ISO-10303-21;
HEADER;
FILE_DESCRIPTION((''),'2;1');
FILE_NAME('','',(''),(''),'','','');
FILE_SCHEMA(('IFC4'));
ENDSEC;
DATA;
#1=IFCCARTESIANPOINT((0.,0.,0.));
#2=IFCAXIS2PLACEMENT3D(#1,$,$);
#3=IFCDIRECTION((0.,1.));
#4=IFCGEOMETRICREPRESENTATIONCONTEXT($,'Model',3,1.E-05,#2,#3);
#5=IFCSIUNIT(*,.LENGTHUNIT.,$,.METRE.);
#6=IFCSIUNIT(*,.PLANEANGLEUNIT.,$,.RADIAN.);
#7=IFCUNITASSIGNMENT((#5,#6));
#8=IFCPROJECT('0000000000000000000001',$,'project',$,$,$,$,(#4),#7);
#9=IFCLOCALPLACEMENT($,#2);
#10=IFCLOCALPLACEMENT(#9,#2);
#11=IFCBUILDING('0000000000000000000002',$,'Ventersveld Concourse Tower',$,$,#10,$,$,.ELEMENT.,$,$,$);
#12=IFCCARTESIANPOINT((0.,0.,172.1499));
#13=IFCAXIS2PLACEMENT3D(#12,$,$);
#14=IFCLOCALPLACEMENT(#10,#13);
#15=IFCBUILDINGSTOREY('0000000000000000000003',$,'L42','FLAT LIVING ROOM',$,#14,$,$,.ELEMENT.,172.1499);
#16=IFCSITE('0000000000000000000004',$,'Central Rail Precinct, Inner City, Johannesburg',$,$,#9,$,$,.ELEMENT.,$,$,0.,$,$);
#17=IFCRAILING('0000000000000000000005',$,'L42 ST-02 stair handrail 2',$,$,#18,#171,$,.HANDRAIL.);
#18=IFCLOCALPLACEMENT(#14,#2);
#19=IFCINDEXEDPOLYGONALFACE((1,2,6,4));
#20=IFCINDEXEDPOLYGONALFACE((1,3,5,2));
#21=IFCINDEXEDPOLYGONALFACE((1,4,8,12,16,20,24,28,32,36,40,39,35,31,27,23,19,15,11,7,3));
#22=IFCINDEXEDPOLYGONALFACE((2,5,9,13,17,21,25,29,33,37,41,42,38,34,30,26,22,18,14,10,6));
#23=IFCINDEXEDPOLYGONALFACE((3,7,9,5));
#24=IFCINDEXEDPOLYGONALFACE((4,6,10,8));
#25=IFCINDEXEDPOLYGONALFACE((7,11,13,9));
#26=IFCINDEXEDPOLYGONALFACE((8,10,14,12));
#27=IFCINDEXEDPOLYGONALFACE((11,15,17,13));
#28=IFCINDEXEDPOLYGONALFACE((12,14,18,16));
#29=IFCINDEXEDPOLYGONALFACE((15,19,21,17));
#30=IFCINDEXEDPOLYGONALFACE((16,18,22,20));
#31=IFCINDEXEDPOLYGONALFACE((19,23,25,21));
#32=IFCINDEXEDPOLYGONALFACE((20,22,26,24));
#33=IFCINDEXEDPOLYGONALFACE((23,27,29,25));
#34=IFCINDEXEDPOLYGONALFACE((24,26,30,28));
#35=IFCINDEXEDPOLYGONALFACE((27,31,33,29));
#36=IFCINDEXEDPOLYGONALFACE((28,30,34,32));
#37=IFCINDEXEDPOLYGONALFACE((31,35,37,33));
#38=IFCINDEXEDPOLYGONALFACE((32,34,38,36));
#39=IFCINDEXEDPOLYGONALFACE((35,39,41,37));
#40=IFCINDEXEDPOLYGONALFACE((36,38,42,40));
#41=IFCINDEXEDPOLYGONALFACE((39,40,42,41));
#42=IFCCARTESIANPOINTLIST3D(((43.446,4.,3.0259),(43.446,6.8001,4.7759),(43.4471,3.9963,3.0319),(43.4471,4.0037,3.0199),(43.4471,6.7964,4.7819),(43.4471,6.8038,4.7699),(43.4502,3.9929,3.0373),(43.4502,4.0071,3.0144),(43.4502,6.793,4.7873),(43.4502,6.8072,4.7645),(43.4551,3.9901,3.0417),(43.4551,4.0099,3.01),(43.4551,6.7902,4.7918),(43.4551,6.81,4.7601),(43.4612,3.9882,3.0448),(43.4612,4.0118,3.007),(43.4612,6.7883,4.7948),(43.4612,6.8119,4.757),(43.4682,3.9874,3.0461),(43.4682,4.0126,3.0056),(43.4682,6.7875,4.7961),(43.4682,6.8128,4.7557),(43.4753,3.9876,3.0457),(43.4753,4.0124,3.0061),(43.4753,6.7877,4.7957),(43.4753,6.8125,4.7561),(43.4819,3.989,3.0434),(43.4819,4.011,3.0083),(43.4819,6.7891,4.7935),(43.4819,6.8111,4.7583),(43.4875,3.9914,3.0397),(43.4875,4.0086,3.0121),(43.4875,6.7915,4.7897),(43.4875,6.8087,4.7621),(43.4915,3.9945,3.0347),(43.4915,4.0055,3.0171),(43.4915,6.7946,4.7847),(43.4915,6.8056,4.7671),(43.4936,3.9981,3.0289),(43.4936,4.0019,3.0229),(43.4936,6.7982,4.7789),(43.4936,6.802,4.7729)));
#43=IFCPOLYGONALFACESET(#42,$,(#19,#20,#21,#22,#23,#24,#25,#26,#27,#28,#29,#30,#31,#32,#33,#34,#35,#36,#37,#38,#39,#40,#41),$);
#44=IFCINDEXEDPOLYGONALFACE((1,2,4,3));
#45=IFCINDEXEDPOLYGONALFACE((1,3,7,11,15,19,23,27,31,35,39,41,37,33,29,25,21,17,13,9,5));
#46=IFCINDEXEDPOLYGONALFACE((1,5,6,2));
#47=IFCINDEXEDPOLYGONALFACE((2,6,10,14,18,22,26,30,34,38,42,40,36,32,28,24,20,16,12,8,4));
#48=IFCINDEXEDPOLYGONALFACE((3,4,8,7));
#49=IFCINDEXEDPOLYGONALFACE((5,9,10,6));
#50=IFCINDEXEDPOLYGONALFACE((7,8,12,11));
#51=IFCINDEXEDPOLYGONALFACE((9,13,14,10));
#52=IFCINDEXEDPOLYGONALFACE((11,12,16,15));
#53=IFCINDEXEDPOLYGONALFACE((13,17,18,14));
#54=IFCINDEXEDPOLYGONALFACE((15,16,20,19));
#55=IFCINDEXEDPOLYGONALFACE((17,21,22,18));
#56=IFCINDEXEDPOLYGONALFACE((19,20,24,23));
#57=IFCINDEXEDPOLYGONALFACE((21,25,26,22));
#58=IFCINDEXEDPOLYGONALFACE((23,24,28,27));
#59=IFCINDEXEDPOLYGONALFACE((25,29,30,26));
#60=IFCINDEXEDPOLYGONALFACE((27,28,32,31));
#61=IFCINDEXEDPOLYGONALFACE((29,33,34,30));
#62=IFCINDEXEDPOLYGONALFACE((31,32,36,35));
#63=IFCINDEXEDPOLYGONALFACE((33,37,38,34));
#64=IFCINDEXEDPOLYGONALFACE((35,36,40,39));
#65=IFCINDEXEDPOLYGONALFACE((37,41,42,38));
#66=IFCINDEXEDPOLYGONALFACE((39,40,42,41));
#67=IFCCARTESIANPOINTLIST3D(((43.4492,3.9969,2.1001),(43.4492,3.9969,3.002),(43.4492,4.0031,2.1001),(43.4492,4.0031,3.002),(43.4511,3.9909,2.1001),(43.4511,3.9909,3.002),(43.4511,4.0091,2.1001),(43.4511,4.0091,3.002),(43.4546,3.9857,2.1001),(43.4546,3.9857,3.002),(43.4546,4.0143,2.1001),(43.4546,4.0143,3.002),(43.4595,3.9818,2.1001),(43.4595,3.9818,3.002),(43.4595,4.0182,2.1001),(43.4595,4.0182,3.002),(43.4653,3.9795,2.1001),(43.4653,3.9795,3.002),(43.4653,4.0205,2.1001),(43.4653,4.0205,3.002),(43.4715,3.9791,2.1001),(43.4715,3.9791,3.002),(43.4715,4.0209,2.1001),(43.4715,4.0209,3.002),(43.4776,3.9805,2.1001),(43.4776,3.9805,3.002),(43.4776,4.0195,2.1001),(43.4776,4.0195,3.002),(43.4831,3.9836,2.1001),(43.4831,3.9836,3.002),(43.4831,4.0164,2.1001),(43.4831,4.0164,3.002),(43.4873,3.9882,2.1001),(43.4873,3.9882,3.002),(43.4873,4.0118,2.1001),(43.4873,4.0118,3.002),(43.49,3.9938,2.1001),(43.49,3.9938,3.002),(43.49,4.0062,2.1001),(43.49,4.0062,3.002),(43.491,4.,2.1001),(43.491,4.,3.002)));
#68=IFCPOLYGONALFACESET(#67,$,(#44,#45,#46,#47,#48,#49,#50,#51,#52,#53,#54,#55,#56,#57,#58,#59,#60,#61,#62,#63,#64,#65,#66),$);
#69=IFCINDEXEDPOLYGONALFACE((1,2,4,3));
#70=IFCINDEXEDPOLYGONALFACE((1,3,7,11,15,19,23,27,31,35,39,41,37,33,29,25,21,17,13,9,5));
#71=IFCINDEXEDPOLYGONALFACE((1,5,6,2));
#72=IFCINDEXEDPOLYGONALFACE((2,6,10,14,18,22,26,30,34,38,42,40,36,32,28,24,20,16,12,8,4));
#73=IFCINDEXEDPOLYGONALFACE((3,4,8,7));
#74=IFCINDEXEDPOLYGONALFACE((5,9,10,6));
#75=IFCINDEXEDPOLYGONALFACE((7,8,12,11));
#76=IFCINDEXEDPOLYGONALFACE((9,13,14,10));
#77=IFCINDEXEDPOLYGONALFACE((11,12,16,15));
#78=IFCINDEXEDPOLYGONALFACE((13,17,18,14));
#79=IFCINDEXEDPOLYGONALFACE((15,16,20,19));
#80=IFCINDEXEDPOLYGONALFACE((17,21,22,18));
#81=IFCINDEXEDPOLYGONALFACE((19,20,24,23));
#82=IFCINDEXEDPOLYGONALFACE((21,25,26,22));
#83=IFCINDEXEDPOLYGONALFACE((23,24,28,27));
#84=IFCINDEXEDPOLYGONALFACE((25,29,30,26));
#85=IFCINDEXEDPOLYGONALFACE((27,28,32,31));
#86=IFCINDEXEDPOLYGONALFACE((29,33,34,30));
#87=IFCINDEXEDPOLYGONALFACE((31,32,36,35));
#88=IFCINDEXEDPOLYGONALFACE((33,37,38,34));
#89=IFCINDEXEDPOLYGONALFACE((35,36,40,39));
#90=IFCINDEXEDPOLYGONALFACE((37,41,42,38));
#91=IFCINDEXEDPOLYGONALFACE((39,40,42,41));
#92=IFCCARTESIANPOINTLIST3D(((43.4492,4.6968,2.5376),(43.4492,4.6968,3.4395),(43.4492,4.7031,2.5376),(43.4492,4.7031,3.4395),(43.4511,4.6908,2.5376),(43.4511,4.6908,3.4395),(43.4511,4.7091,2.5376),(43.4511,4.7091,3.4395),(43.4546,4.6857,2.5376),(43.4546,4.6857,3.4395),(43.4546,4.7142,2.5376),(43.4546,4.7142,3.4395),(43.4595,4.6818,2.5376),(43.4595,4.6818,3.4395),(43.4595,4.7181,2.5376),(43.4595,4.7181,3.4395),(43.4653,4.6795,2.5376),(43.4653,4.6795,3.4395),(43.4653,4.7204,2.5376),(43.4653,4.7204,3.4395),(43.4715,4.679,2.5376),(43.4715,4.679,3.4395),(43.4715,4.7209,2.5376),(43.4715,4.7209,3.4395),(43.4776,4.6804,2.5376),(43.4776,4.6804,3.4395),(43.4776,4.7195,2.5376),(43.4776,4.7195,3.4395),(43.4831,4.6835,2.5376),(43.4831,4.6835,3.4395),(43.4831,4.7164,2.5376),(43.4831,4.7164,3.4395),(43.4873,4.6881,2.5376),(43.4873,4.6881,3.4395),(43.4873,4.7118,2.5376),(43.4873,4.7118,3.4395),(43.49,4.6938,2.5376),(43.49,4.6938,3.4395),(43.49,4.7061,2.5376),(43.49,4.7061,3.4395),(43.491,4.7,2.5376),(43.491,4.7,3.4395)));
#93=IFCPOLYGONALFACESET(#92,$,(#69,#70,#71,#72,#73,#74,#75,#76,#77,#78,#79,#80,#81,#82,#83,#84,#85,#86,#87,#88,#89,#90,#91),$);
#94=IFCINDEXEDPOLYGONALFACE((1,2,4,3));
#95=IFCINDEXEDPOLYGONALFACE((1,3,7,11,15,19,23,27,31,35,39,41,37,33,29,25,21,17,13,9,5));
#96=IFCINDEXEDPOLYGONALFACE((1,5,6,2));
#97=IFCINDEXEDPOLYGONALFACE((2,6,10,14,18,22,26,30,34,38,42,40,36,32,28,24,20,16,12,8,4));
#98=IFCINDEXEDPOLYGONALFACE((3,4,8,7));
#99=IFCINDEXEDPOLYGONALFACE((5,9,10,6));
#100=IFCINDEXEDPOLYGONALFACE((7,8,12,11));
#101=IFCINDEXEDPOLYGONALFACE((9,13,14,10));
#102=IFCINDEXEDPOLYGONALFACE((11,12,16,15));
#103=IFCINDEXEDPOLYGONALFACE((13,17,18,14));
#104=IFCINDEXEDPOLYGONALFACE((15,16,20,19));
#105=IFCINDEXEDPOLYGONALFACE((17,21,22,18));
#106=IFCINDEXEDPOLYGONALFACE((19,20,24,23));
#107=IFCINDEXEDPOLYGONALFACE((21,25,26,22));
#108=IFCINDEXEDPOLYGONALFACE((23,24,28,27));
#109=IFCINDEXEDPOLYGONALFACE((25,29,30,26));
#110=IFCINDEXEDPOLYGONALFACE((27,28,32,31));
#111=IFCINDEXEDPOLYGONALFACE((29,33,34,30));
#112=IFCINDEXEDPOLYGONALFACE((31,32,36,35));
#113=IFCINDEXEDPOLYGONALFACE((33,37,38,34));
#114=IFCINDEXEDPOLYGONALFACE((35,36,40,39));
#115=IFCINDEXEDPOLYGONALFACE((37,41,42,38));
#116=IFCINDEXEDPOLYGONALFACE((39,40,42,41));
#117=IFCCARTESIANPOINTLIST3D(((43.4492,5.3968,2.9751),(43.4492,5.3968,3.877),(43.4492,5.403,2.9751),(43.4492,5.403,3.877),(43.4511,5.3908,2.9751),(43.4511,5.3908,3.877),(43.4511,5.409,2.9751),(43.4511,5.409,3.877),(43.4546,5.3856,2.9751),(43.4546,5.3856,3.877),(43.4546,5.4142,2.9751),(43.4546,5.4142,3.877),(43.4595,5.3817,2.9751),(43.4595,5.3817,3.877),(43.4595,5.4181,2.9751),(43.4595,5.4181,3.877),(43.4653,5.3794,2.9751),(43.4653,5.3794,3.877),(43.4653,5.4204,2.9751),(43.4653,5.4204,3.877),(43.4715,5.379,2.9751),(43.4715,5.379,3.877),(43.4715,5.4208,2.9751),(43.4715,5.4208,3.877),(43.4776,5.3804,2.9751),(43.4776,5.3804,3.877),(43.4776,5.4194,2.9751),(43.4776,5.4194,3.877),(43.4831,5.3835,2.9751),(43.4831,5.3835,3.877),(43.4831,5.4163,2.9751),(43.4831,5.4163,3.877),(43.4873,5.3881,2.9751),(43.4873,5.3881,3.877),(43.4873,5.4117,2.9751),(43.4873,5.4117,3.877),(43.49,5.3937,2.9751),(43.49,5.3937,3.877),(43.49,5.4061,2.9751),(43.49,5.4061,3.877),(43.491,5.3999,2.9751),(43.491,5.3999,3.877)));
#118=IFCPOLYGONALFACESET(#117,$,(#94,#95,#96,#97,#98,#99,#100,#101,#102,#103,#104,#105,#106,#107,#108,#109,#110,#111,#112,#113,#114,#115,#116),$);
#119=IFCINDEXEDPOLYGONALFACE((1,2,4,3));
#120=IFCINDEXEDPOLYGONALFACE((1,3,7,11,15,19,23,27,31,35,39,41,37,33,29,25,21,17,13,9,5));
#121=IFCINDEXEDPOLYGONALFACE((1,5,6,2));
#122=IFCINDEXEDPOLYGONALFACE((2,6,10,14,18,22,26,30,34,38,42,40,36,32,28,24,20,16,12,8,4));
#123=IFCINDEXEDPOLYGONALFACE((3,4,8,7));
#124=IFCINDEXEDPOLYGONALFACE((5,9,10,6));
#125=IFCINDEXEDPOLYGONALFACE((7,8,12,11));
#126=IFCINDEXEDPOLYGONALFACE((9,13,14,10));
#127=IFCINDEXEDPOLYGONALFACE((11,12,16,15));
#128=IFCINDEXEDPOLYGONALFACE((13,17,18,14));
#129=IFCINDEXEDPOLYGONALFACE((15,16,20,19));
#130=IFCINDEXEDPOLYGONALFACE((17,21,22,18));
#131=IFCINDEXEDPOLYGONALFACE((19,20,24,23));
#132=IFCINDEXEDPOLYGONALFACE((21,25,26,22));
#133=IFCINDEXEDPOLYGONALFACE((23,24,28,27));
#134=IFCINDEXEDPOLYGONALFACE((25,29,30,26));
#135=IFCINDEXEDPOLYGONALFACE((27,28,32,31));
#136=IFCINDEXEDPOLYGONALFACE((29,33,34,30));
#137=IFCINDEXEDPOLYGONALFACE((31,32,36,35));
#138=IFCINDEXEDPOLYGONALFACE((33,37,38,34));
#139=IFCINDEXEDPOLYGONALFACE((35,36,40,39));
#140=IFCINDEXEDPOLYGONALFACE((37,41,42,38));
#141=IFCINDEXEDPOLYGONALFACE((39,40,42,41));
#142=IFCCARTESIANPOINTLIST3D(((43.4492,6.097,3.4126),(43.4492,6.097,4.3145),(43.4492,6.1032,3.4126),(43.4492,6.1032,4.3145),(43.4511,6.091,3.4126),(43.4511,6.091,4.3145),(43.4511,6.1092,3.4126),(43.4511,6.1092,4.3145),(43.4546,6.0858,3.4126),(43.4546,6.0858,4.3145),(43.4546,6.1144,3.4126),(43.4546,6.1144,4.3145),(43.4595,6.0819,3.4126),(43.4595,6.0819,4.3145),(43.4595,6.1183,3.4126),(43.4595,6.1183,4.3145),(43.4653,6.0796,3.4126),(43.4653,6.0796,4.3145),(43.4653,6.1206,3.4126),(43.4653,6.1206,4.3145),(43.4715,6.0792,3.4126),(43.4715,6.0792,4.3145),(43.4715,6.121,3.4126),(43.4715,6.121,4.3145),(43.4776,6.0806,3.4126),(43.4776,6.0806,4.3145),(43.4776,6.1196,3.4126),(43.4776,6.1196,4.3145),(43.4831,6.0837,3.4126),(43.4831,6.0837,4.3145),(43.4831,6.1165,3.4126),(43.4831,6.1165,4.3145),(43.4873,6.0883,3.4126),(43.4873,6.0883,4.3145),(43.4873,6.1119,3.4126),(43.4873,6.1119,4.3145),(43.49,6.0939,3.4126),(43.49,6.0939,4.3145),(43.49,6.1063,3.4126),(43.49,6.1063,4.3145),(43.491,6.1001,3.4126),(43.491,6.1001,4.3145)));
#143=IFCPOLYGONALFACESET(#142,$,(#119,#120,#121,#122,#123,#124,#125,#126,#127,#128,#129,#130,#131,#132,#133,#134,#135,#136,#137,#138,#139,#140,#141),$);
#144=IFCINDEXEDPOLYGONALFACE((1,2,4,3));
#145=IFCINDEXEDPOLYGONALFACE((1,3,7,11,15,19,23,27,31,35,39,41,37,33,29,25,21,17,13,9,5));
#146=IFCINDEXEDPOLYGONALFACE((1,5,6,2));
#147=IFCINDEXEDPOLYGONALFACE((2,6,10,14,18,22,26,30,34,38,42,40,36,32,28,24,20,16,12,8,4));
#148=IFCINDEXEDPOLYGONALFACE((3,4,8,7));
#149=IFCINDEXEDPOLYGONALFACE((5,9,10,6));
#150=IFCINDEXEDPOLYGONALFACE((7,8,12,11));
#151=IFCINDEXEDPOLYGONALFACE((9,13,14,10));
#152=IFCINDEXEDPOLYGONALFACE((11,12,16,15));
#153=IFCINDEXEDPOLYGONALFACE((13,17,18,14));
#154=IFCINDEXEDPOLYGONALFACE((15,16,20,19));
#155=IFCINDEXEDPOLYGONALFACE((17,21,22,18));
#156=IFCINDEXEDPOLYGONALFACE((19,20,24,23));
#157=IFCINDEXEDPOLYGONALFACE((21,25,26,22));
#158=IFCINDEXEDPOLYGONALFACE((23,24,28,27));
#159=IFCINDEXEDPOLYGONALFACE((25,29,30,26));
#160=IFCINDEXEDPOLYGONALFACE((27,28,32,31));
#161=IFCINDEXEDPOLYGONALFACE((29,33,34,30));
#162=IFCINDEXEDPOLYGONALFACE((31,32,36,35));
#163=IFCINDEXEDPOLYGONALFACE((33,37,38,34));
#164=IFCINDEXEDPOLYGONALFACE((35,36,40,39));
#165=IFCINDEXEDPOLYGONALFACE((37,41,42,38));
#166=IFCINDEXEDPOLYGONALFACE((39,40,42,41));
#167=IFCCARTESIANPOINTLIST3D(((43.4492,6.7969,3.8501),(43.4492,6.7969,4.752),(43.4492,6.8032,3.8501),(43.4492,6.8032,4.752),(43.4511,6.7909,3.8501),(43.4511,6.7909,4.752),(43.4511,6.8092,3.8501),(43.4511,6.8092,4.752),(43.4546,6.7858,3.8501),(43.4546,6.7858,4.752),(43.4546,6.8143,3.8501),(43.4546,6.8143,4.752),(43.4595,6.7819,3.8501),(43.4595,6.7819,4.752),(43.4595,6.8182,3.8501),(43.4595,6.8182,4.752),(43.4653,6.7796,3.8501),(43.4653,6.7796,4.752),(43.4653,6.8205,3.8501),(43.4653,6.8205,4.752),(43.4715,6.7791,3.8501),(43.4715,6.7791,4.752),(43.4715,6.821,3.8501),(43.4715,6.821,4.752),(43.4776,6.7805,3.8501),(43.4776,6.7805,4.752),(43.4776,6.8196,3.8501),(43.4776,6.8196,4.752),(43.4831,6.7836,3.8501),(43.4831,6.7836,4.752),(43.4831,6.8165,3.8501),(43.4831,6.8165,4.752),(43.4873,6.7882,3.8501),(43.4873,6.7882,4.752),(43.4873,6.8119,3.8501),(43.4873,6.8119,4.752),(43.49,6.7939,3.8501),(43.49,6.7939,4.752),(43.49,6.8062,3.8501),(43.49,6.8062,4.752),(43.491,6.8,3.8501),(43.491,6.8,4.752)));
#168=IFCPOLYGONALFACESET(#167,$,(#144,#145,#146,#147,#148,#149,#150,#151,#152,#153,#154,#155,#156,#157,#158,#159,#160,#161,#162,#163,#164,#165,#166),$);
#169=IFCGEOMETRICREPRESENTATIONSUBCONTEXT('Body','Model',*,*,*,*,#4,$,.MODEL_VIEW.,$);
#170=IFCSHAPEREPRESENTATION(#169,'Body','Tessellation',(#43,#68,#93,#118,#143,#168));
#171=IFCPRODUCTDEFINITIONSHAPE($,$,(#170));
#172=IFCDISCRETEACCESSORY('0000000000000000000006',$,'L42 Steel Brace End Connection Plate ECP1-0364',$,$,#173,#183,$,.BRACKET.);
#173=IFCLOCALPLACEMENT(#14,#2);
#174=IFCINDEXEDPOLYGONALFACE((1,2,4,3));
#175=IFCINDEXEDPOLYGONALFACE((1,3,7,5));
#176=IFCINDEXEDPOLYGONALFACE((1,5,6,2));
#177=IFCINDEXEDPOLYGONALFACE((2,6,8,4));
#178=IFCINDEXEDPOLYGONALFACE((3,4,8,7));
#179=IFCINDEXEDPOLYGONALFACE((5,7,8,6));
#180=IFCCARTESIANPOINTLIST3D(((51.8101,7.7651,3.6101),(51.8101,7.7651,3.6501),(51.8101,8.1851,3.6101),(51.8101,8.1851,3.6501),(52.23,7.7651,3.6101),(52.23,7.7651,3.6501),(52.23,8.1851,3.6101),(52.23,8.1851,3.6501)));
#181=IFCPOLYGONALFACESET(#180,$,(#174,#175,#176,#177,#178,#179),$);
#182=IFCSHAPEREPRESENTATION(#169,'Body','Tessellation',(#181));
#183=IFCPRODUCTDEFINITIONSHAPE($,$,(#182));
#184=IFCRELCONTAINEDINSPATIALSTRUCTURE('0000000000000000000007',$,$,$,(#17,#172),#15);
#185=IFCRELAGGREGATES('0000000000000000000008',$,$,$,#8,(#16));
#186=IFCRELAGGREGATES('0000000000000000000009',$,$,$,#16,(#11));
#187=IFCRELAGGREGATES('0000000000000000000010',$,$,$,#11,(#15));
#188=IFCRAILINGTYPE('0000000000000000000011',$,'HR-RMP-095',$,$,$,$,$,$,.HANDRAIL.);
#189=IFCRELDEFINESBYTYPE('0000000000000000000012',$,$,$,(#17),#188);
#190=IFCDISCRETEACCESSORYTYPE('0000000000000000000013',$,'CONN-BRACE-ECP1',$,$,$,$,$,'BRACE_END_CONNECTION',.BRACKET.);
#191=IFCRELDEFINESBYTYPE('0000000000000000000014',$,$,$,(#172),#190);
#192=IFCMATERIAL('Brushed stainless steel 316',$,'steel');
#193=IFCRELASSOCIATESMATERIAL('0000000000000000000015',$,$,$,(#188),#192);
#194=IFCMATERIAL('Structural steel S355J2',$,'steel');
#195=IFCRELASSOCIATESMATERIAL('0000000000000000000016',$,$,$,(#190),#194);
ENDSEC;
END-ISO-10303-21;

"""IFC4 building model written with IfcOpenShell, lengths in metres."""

from ifc_helpers import new_model, si_unit, direction, frame, origin, origin_2d, place, context, subcontext, project, spatial, rectangle, circle, extrude, material, type_object, element, save


model = new_model("IFC4")

# Units and contexts
model_context = context("Model", 3, precision=1e-05, world=origin(), true_north=direction((0.0, 1.0)))
body_context = subcontext(model_context, "Body", "Model", "MODEL_VIEW")
ifc_project = project(units=[si_unit("LENGTHUNIT", "METRE"), si_unit("PLANEANGLEUNIT", "RADIAN")], contexts=[model_context])

# Site, building, storey
site_placement = place(None, origin())
site = spatial("IfcSite", under=ifc_project, at=site_placement, Name="Central Rail Precinct, Inner City, Johannesburg", CompositionType="ELEMENT", RefElevation=0.0)
building_placement = place(site_placement, origin())
building = spatial("IfcBuilding", under=site, at=building_placement, Name="Ventersveld Concourse Tower", CompositionType="ELEMENT")
storey_placement = place(building_placement, frame((0.0, 0.0, 172.1499)))
storey = spatial("IfcBuildingStorey", under=building, at=storey_placement, Name="L42", Description="FLAT LIVING ROOM", CompositionType="ELEMENT", Elevation=172.1499)

# Shared definitions
ifc_material_1 = material(Name="Structural steel S355J2", Category="steel")

# Railing
ifc_material_2 = material(Name="Brushed stainless steel 316", Category="steel")
railing_type_1 = type_object("IfcRailingType", Name="HR-RMP-095", PredefinedType="HANDRAIL", material=ifc_material_2)
railing_1_placement = place(storey_placement, frame((43.47, 4.0, 2.1001)))
element("IfcRailing", 1, at=railing_1_placement, inside=storey, type_object=railing_type_1, Name="L42 ST-02 stair handrail 2", PredefinedType="HANDRAIL", context=body_context, shape_type="SweptSolid", body=[
    extrude(circle(Radius=0.0239, at=origin_2d()), frame((0.0, 0.0, 0.9258), z_axis=(0.0, 0.848002, 0.529992), x_axis=(-1.0, 0.0, 0.0)), (0.0, 0.0, 1.0), 3.302),
    extrude(circle(Radius=0.021, at=origin_2d()), origin(), (0.0, 0.0, 1.0), 0.9019),
    extrude(circle(Radius=0.021, at=origin_2d()), frame((0.0, 0.7, 0.4375)), (0.0, 0.0, 1.0), 0.9019),
    extrude(circle(Radius=0.021, at=origin_2d()), frame((0.0, 1.3999, 0.875)), (0.0, 0.0, 1.0), 0.9019),
    extrude(circle(Radius=0.021, at=origin_2d()), frame((0.0, 2.1001, 1.3125)), (0.0, 0.0, 1.0), 0.9019),
    extrude(circle(Radius=0.021, at=origin_2d()), frame((0.0, 2.8, 1.75)), (0.0, 0.0, 1.0), 0.9019),
])

# Discrete accessory
discrete_accessory_type = type_object("IfcDiscreteAccessoryType", Name="CONN-BRACE-ECP1", ElementType="BRACE_END_CONNECTION", PredefinedType="BRACKET", material=ifc_material_1)
discrete_accessory_placement = place(storey_placement, frame((52.02, 7.9751, 3.6101), z_axis=(0.0, 0.0, 1.0), x_axis=(1.0, 0.0, 0.0)))
element("IfcDiscreteAccessory", 2, at=discrete_accessory_placement, inside=storey, type_object=discrete_accessory_type, Name="L42 Steel Brace End Connection Plate ECP1-0364", PredefinedType="BRACKET", context=body_context, shape_type="SweptSolid", body=[
    extrude(rectangle(XDim=0.4199, YDim=0.4199, at=origin_2d()), origin(), (0.0, 0.0, 1.0), 0.04),
])

save(model, "model.ifc")
